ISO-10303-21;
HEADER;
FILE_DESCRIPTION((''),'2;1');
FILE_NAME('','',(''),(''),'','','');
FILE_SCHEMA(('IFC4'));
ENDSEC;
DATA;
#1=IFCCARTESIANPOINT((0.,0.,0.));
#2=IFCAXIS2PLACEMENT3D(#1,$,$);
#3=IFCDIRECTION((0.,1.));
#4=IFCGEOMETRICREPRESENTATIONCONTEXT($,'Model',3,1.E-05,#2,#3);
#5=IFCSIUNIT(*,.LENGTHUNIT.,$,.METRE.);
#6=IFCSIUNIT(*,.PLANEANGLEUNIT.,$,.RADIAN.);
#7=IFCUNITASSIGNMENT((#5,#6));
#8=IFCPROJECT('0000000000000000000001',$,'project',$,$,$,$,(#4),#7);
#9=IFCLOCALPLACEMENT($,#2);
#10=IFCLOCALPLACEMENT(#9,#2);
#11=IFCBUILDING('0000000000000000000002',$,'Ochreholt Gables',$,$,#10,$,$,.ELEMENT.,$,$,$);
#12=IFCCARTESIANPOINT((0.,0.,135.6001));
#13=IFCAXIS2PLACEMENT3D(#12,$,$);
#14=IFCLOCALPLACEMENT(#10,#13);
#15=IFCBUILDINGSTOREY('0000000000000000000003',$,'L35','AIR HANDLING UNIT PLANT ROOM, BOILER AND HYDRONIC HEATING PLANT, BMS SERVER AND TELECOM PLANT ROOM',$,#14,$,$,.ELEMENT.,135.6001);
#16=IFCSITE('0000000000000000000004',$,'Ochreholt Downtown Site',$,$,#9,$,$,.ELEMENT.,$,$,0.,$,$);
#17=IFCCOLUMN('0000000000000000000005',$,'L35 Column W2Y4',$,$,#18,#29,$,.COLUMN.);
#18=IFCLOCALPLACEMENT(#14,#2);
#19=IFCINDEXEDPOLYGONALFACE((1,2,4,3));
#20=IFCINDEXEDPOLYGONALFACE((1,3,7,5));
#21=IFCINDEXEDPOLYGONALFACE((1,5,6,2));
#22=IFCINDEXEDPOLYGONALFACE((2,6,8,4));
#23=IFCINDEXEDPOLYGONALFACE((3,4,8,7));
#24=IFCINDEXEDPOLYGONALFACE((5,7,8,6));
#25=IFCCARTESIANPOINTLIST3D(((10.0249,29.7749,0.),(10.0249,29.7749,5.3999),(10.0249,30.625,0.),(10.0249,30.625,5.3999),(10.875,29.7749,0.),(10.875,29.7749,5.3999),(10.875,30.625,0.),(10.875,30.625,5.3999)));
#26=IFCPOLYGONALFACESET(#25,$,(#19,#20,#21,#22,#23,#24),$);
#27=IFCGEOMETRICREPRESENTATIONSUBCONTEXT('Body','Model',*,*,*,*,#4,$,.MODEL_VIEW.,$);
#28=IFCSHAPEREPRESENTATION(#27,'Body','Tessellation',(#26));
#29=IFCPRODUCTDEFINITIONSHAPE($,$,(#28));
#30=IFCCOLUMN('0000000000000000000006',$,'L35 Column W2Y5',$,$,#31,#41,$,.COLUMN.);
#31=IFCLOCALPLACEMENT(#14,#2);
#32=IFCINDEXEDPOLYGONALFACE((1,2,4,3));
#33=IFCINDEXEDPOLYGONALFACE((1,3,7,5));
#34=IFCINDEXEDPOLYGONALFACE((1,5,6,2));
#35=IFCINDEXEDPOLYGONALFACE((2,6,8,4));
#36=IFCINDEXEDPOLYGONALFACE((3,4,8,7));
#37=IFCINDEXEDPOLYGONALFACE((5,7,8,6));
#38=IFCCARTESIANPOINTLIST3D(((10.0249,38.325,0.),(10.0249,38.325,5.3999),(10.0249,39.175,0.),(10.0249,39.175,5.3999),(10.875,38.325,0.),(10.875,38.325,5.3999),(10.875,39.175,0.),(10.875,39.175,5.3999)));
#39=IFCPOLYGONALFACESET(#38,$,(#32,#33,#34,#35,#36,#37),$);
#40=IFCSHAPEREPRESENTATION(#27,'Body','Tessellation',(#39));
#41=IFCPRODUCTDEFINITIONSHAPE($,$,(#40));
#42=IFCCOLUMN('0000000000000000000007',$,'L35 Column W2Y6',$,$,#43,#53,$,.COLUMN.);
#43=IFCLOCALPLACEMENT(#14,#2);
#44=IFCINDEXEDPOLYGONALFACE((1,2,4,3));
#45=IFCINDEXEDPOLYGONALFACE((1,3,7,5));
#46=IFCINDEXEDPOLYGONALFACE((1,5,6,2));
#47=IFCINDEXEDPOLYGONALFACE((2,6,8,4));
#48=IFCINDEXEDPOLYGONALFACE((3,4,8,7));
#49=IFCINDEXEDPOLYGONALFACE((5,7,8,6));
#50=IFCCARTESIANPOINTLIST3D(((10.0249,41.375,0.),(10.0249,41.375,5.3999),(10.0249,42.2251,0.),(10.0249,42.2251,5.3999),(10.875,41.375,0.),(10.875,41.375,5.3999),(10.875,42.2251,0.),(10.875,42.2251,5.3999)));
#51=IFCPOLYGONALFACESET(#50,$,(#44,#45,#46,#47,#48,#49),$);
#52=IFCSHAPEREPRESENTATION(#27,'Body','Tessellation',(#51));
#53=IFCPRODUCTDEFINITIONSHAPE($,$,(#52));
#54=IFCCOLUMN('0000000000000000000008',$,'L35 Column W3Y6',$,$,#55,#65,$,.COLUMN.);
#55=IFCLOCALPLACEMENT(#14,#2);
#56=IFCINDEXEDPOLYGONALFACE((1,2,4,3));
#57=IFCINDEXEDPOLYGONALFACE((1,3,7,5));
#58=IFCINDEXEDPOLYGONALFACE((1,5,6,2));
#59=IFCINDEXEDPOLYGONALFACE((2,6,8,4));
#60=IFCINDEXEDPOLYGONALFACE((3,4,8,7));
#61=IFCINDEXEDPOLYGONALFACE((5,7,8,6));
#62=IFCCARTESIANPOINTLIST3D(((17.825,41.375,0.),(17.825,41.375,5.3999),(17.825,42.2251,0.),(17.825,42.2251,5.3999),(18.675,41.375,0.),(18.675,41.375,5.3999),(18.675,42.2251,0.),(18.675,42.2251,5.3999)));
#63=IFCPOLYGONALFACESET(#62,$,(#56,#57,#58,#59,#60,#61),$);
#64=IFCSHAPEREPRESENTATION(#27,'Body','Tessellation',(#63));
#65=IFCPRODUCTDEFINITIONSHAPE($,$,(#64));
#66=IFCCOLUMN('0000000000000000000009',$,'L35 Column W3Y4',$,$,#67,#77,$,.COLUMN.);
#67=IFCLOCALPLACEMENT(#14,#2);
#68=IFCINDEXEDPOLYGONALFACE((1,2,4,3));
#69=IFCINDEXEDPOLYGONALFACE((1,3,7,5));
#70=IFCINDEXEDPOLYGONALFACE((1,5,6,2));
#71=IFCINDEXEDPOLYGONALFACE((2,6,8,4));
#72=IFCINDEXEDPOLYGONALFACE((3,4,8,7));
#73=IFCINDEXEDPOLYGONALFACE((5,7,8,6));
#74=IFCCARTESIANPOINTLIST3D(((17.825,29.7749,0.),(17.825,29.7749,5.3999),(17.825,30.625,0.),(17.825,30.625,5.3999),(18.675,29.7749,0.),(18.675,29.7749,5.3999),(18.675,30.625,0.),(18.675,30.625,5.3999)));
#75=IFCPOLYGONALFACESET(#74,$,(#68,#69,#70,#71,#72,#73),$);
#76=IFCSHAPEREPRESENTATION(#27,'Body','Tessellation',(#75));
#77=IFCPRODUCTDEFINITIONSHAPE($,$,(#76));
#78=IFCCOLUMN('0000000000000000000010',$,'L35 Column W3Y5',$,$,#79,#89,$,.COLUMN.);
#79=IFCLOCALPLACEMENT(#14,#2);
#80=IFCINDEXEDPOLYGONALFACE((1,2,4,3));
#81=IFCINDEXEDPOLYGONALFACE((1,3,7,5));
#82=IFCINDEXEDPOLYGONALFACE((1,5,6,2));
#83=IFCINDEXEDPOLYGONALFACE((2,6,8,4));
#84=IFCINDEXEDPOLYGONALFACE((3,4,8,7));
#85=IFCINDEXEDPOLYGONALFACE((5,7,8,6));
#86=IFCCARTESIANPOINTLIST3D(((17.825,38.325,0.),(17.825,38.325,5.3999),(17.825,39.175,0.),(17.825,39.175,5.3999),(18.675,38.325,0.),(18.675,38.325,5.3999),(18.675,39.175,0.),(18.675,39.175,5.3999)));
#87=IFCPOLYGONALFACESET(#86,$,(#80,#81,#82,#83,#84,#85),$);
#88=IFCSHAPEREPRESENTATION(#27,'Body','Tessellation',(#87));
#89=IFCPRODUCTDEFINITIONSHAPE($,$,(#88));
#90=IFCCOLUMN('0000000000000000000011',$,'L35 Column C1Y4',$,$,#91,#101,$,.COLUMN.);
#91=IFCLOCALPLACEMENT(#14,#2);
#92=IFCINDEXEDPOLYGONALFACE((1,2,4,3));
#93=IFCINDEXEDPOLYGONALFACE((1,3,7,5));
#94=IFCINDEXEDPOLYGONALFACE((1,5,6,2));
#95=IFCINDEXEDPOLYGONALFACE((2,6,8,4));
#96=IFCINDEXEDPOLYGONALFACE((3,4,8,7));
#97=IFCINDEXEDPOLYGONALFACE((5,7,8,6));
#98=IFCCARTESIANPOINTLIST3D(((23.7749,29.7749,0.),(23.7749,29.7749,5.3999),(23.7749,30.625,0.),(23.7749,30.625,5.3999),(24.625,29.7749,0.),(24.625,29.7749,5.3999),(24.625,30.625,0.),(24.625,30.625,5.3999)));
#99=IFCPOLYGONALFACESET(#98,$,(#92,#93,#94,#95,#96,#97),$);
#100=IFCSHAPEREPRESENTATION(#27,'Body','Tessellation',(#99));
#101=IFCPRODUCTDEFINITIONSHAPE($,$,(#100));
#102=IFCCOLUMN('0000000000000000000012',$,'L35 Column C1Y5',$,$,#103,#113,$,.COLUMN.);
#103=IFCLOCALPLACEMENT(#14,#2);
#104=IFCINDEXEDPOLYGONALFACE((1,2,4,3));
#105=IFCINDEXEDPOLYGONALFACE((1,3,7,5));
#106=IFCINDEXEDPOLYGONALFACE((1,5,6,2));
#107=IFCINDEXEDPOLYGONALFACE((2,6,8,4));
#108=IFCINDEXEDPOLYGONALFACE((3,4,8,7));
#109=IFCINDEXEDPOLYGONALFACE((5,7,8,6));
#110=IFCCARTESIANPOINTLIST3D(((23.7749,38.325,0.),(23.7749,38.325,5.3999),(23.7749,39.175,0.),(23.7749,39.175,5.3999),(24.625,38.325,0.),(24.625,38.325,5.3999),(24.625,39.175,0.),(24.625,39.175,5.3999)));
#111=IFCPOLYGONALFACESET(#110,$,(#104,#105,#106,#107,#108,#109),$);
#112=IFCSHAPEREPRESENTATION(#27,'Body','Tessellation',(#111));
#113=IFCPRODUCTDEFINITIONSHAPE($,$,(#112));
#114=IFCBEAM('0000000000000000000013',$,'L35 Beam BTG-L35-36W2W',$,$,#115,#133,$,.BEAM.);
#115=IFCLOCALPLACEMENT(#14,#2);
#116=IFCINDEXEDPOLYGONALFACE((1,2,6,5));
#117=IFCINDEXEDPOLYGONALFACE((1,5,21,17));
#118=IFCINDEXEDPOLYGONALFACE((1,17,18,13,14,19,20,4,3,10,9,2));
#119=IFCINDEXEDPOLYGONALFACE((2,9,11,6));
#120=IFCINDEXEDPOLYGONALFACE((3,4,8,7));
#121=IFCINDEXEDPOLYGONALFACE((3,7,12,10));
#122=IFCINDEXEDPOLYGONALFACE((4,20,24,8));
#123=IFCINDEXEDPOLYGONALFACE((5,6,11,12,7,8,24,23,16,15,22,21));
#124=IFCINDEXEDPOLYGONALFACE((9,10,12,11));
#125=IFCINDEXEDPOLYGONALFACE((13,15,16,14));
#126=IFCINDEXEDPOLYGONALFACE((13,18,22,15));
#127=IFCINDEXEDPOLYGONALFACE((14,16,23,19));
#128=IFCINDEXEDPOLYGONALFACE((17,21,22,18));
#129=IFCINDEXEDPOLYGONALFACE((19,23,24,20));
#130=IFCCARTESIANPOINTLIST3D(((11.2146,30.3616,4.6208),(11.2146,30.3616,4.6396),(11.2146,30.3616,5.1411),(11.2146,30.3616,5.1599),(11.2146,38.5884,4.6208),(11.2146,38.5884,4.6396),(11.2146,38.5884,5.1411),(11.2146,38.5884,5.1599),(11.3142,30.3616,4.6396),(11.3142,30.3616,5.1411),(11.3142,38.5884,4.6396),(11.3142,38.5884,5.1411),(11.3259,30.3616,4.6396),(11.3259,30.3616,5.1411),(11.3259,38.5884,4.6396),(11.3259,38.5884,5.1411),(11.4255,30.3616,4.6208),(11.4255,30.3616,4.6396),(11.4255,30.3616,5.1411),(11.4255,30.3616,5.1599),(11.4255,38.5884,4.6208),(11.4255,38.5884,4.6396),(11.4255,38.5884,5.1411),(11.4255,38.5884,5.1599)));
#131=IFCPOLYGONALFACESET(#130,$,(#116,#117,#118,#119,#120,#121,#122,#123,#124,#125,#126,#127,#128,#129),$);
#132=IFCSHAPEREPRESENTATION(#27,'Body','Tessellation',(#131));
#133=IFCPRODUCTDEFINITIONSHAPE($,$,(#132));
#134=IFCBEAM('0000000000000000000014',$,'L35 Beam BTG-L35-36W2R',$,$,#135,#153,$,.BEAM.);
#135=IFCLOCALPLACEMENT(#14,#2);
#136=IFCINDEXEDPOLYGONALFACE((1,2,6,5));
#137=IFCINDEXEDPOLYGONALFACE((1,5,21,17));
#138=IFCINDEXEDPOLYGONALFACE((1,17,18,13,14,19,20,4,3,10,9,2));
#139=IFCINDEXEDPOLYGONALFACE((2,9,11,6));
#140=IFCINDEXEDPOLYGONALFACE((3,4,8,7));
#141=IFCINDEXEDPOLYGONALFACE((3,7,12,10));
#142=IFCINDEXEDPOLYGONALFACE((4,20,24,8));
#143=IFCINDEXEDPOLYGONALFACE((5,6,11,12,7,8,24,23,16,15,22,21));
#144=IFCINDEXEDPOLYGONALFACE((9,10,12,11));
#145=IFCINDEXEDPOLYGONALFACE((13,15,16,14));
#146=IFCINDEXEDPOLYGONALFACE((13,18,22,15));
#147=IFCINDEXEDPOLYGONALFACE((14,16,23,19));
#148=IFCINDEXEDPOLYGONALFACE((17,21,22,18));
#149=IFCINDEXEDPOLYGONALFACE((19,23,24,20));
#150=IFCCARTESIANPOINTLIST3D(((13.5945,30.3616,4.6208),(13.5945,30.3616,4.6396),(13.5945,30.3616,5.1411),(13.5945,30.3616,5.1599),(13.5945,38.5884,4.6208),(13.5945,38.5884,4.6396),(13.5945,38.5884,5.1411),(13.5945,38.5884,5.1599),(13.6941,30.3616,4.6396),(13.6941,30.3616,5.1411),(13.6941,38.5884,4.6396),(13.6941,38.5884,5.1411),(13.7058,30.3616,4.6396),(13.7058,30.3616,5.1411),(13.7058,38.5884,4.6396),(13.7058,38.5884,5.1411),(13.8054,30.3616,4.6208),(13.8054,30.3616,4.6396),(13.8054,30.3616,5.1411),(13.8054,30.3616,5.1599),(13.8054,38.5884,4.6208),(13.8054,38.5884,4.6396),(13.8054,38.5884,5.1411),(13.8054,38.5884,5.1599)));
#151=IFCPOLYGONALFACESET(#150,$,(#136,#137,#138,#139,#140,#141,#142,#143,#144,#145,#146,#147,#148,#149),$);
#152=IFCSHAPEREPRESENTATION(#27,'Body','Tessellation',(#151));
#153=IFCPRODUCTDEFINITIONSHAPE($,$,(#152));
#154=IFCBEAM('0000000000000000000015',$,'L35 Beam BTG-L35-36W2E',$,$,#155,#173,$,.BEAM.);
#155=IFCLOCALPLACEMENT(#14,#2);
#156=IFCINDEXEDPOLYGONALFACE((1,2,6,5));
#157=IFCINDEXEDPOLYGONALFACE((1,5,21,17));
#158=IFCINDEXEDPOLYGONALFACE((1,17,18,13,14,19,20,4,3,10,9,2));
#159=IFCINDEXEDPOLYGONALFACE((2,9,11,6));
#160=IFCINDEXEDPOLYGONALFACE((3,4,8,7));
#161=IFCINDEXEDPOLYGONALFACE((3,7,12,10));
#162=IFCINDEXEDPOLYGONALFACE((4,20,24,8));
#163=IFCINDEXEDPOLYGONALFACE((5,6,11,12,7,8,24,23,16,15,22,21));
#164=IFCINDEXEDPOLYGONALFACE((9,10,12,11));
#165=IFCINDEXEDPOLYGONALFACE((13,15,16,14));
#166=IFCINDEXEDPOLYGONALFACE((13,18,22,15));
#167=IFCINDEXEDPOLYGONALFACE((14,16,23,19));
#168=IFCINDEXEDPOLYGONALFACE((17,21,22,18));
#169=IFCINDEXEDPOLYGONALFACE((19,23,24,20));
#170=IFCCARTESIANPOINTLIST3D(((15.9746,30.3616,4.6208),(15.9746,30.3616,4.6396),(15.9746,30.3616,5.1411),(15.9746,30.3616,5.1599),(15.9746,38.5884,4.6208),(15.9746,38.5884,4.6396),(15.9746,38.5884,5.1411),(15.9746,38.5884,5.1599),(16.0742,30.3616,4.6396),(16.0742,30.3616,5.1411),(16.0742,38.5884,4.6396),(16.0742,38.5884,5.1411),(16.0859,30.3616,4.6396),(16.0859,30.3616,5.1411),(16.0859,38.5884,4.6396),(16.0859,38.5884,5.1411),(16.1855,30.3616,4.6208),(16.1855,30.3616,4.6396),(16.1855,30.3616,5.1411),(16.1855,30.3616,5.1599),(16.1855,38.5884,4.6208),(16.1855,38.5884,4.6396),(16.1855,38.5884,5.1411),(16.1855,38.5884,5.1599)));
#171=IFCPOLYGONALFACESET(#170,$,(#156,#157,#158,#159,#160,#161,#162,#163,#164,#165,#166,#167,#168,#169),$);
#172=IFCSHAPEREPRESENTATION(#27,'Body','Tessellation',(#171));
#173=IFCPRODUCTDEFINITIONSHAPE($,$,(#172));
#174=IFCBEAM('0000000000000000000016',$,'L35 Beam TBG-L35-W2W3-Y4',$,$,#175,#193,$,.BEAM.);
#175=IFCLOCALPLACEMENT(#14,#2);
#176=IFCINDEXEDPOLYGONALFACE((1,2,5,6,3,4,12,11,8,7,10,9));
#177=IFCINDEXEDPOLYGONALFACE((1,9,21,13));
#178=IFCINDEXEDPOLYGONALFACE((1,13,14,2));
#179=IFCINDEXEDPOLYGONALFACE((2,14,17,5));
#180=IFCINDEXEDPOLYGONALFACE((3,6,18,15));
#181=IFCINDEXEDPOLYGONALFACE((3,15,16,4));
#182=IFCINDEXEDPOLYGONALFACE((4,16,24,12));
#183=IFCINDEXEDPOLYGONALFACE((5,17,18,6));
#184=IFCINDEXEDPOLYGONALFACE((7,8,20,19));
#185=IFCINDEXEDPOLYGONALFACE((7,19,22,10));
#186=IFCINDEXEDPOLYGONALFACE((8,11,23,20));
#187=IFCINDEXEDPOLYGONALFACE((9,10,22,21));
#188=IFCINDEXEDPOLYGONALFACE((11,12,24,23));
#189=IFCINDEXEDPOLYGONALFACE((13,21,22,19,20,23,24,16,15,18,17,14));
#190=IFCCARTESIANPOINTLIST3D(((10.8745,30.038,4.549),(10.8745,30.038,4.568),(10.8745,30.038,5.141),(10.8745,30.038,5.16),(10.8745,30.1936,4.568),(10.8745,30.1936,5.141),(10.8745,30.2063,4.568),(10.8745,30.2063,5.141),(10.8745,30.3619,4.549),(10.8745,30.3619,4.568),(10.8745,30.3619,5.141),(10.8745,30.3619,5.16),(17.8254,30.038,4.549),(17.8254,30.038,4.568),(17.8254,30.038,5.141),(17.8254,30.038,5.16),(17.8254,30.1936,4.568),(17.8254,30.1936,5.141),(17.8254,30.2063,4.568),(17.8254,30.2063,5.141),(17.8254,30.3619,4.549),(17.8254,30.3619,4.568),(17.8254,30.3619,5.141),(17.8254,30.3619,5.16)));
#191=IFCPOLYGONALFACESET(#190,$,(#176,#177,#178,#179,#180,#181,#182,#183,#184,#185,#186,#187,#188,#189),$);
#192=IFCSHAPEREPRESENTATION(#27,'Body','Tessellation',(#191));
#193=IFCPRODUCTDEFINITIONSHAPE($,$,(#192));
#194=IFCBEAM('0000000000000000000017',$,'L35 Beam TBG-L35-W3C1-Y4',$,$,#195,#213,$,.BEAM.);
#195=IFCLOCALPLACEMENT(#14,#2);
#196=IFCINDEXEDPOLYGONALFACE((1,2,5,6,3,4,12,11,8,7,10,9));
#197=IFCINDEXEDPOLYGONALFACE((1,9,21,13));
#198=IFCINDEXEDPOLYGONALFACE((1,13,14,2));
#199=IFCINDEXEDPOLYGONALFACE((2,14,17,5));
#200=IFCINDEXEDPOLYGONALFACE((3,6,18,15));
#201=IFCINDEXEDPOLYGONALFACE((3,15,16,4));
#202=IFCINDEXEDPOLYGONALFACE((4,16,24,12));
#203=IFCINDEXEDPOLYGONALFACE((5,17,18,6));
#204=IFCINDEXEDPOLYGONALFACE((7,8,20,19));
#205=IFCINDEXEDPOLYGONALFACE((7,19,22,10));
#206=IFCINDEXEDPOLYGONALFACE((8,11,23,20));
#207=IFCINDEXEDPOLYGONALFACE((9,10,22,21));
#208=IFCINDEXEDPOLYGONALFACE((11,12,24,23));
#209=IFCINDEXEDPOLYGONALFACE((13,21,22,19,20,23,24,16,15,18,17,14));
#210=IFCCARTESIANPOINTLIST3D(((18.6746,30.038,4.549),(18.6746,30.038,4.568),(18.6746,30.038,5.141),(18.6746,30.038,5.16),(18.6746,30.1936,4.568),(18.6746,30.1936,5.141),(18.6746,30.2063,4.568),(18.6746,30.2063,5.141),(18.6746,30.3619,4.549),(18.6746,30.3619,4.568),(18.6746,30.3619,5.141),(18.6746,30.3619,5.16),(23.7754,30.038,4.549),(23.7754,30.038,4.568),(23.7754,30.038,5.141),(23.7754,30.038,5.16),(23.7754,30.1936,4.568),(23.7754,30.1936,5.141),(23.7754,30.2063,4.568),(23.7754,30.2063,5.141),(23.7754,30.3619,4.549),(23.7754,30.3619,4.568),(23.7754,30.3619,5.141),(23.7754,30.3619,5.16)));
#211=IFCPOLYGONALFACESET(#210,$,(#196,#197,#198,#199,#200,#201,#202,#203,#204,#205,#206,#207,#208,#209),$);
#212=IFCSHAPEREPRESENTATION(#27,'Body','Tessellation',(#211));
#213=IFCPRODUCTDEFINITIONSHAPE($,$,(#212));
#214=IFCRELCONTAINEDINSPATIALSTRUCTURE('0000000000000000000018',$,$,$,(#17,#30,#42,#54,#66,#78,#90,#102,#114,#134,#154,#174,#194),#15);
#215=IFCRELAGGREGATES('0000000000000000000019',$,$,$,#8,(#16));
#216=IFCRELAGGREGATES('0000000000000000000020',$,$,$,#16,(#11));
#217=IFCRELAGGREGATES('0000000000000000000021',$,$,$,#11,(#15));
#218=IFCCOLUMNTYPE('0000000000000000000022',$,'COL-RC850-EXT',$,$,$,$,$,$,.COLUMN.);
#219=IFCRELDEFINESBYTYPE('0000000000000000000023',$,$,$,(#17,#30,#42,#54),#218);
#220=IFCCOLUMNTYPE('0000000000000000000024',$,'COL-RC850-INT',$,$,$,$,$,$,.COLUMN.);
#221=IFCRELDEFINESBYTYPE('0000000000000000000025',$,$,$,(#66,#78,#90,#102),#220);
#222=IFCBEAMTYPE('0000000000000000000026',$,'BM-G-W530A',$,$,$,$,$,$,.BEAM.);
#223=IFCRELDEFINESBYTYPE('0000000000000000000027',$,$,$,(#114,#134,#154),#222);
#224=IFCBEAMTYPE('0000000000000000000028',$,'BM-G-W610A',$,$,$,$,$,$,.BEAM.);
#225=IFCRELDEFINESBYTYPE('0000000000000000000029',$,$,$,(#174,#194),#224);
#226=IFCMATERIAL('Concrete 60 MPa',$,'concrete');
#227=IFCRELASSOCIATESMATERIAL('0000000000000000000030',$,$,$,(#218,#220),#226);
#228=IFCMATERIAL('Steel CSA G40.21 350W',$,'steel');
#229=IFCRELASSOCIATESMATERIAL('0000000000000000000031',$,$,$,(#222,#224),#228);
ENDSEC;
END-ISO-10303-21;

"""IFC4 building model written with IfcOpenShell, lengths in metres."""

from ifc_helpers import new_model, si_unit, direction, frame, origin, origin_2d, place, context, subcontext, project, spatial, rectangle, i_section, extrude, material, material_profile, profile_set, type_object, element, save


model = new_model("IFC4")

# Units and contexts
model_context = context("Model", 3, precision=1e-05, world=origin(), true_north=direction((0.0, 1.0)))
body_context = subcontext(model_context, "Body", "Model", "MODEL_VIEW")
ifc_project = project(units=[si_unit("LENGTHUNIT", "METRE"), si_unit("PLANEANGLEUNIT", "RADIAN")], contexts=[model_context])

# Site, building, storey
site_placement = place(None, origin())
site = spatial("IfcSite", under=ifc_project, at=site_placement, Name="Ochreholt Downtown Site", CompositionType="ELEMENT", RefElevation=0.0)
building_placement = place(site_placement, origin())
building = spatial("IfcBuilding", under=site, at=building_placement, Name="Ochreholt Gables", CompositionType="ELEMENT")
storey_placement = place(building_placement, frame((0.0, 0.0, 135.6001)))
storey = spatial("IfcBuildingStorey", under=building, at=storey_placement, Name="L35", Description="AIR HANDLING UNIT PLANT ROOM, BOILER AND HYDRONIC HEATING PLANT, BMS SERVER AND TELECOM PLANT ROOM", CompositionType="ELEMENT", Elevation=135.6001)

# Columns
ifc_material_1 = material(Name="Concrete 60 MPa", Category="concrete")
ifc_material_profile_1 = material_profile(ifc_material_1, rectangle(XDim=0.8501, YDim=0.8501, at=origin_2d()), Name="RC850X850")
ifc_profile_set_1 = profile_set([ifc_material_profile_1], Name="Concrete 60 MPa")
column_type_1 = type_object("IfcColumnType", Name="COL-RC850-EXT", PredefinedType="COLUMN", material=ifc_profile_set_1)
for number, where, z_axis, x_axis, name in (
    (1, (10.45, 30.2, 0.0), (0.0, 0.0, 1.0), (1.0, 0.0, 0.0), "L35 Column W2Y4"),
    (2, (10.45, 38.75, 0.0), (0.0, 0.0, 1.0), (1.0, 0.0, 0.0), "L35 Column W2Y5"),
    (3, (10.45, 41.8, 0.0), (0.0, 0.0, 1.0), (1.0, 0.0, 0.0), "L35 Column W2Y6"),
    (4, (18.25, 41.8, 0.0), (0.0, 0.0, 1.0), (1.0, 0.0, 0.0), "L35 Column W3Y6"),
):
    element("IfcColumn", number, at=place(storey_placement, frame(where, z_axis=z_axis, x_axis=x_axis)), inside=storey, type_object=column_type_1, Name=name, PredefinedType="COLUMN", context=body_context, shape_type="SweptSolid", body=[
        extrude(rectangle(XDim=0.8501, YDim=0.8501, at=origin_2d()), origin(), (0.0, 0.0, 1.0), 5.3999),
    ])
ifc_material_profile_2 = material_profile(ifc_material_1, rectangle(XDim=0.8501, YDim=0.8501, at=origin_2d()), Name="RC850X850")
ifc_profile_set_2 = profile_set([ifc_material_profile_2], Name="Concrete 60 MPa")
column_type_2 = type_object("IfcColumnType", Name="COL-RC850-INT", PredefinedType="COLUMN", material=ifc_profile_set_2)
for number, where, z_axis, x_axis, name in (
    (5, (18.25, 30.2, 0.0), (0.0, 0.0, 1.0), (1.0, 0.0, 0.0), "L35 Column W3Y4"),
    (6, (18.25, 38.75, 0.0), (0.0, 0.0, 1.0), (1.0, 0.0, 0.0), "L35 Column W3Y5"),
    (7, (24.2, 30.2, 0.0), (0.0, 0.0, 1.0), (1.0, 0.0, 0.0), "L35 Column C1Y4"),
    (8, (24.2, 38.75, 0.0), (0.0, 0.0, 1.0), (1.0, 0.0, 0.0), "L35 Column C1Y5"),
):
    element("IfcColumn", number, at=place(storey_placement, frame(where, z_axis=z_axis, x_axis=x_axis)), inside=storey, type_object=column_type_2, Name=name, PredefinedType="COLUMN", context=body_context, shape_type="SweptSolid", body=[
        extrude(rectangle(XDim=0.8501, YDim=0.8501, at=origin_2d()), origin(), (0.0, 0.0, 1.0), 5.3999),
    ])

# Beams
ifc_material_2 = material(Name="Steel CSA G40.21 350W", Category="steel")
ifc_material_profile_3 = material_profile(ifc_material_2, i_section(OverallWidth=0.2109, OverallDepth=0.5391, WebThickness=0.0117, FlangeThickness=0.0188, at=origin_2d()), Name="W530X109")
ifc_profile_set_3 = profile_set([ifc_material_profile_3], Name="Steel CSA G40.21 350W")
beam_type_1 = type_object("IfcBeamType", Name="BM-G-W530A", PredefinedType="BEAM", material=ifc_profile_set_3)
for number, where, z_axis, x_axis, name in (
    (9, (11.3201, 30.3616, 4.8904), (0.0, 1.0, 0.0), (-1.0, 0.0, 0.0), "L35 Beam BTG-L35-36W2W"),
    (10, (13.7, 30.3616, 4.8904), (0.0, 1.0, 0.0), (-1.0, 0.0, 0.0), "L35 Beam BTG-L35-36W2R"),
    (11, (16.0801, 30.3616, 4.8904), (0.0, 1.0, 0.0), (-1.0, 0.0, 0.0), "L35 Beam BTG-L35-36W2E"),
):
    element("IfcBeam", number, at=place(storey_placement, frame(where, z_axis=z_axis, x_axis=x_axis)), inside=storey, type_object=beam_type_1, Name=name, PredefinedType="BEAM", context=body_context, shape_type="SweptSolid", body=[
        extrude(i_section(OverallWidth=0.2109, OverallDepth=0.5391, WebThickness=0.0117, FlangeThickness=0.0188, at=origin_2d()), origin(), (0.0, 0.0, 1.0), 8.2268),
    ])
ifc_material_profile_4 = material_profile(ifc_material_2, i_section(OverallWidth=0.324, OverallDepth=0.6111, WebThickness=0.0127, FlangeThickness=0.019, at=origin_2d()), Name="W610X155")
ifc_profile_set_4 = profile_set([ifc_material_profile_4], Name="Steel CSA G40.21 350W")
beam_type_2 = type_object("IfcBeamType", Name="BM-G-W610A", PredefinedType="BEAM", material=ifc_profile_set_4)
beam_1_placement = place(storey_placement, frame((10.8745, 30.2, 4.8545), z_axis=(1.0, 0.0, 0.0), x_axis=(0.0, 1.0, 0.0)))
element("IfcBeam", 12, at=beam_1_placement, inside=storey, type_object=beam_type_2, Name="L35 Beam TBG-L35-W2W3-Y4", PredefinedType="BEAM", context=body_context, shape_type="SweptSolid", body=[
    extrude(i_section(OverallWidth=0.324, OverallDepth=0.6111, WebThickness=0.0127, FlangeThickness=0.019, at=origin_2d()), origin(), (0.0, 0.0, 1.0), 6.9509),
])
beam_2_placement = place(storey_placement, frame((18.6746, 30.2, 4.8545), z_axis=(1.0, 0.0, 0.0), x_axis=(0.0, 1.0, 0.0)))
element("IfcBeam", 13, at=beam_2_placement, inside=storey, type_object=beam_type_2, Name="L35 Beam TBG-L35-W3C1-Y4", PredefinedType="BEAM", context=body_context, shape_type="SweptSolid", body=[
    extrude(i_section(OverallWidth=0.324, OverallDepth=0.6111, WebThickness=0.0127, FlangeThickness=0.019, at=origin_2d()), origin(), (0.0, 0.0, 1.0), 5.1008),
])

save(model, "model.ifc")
